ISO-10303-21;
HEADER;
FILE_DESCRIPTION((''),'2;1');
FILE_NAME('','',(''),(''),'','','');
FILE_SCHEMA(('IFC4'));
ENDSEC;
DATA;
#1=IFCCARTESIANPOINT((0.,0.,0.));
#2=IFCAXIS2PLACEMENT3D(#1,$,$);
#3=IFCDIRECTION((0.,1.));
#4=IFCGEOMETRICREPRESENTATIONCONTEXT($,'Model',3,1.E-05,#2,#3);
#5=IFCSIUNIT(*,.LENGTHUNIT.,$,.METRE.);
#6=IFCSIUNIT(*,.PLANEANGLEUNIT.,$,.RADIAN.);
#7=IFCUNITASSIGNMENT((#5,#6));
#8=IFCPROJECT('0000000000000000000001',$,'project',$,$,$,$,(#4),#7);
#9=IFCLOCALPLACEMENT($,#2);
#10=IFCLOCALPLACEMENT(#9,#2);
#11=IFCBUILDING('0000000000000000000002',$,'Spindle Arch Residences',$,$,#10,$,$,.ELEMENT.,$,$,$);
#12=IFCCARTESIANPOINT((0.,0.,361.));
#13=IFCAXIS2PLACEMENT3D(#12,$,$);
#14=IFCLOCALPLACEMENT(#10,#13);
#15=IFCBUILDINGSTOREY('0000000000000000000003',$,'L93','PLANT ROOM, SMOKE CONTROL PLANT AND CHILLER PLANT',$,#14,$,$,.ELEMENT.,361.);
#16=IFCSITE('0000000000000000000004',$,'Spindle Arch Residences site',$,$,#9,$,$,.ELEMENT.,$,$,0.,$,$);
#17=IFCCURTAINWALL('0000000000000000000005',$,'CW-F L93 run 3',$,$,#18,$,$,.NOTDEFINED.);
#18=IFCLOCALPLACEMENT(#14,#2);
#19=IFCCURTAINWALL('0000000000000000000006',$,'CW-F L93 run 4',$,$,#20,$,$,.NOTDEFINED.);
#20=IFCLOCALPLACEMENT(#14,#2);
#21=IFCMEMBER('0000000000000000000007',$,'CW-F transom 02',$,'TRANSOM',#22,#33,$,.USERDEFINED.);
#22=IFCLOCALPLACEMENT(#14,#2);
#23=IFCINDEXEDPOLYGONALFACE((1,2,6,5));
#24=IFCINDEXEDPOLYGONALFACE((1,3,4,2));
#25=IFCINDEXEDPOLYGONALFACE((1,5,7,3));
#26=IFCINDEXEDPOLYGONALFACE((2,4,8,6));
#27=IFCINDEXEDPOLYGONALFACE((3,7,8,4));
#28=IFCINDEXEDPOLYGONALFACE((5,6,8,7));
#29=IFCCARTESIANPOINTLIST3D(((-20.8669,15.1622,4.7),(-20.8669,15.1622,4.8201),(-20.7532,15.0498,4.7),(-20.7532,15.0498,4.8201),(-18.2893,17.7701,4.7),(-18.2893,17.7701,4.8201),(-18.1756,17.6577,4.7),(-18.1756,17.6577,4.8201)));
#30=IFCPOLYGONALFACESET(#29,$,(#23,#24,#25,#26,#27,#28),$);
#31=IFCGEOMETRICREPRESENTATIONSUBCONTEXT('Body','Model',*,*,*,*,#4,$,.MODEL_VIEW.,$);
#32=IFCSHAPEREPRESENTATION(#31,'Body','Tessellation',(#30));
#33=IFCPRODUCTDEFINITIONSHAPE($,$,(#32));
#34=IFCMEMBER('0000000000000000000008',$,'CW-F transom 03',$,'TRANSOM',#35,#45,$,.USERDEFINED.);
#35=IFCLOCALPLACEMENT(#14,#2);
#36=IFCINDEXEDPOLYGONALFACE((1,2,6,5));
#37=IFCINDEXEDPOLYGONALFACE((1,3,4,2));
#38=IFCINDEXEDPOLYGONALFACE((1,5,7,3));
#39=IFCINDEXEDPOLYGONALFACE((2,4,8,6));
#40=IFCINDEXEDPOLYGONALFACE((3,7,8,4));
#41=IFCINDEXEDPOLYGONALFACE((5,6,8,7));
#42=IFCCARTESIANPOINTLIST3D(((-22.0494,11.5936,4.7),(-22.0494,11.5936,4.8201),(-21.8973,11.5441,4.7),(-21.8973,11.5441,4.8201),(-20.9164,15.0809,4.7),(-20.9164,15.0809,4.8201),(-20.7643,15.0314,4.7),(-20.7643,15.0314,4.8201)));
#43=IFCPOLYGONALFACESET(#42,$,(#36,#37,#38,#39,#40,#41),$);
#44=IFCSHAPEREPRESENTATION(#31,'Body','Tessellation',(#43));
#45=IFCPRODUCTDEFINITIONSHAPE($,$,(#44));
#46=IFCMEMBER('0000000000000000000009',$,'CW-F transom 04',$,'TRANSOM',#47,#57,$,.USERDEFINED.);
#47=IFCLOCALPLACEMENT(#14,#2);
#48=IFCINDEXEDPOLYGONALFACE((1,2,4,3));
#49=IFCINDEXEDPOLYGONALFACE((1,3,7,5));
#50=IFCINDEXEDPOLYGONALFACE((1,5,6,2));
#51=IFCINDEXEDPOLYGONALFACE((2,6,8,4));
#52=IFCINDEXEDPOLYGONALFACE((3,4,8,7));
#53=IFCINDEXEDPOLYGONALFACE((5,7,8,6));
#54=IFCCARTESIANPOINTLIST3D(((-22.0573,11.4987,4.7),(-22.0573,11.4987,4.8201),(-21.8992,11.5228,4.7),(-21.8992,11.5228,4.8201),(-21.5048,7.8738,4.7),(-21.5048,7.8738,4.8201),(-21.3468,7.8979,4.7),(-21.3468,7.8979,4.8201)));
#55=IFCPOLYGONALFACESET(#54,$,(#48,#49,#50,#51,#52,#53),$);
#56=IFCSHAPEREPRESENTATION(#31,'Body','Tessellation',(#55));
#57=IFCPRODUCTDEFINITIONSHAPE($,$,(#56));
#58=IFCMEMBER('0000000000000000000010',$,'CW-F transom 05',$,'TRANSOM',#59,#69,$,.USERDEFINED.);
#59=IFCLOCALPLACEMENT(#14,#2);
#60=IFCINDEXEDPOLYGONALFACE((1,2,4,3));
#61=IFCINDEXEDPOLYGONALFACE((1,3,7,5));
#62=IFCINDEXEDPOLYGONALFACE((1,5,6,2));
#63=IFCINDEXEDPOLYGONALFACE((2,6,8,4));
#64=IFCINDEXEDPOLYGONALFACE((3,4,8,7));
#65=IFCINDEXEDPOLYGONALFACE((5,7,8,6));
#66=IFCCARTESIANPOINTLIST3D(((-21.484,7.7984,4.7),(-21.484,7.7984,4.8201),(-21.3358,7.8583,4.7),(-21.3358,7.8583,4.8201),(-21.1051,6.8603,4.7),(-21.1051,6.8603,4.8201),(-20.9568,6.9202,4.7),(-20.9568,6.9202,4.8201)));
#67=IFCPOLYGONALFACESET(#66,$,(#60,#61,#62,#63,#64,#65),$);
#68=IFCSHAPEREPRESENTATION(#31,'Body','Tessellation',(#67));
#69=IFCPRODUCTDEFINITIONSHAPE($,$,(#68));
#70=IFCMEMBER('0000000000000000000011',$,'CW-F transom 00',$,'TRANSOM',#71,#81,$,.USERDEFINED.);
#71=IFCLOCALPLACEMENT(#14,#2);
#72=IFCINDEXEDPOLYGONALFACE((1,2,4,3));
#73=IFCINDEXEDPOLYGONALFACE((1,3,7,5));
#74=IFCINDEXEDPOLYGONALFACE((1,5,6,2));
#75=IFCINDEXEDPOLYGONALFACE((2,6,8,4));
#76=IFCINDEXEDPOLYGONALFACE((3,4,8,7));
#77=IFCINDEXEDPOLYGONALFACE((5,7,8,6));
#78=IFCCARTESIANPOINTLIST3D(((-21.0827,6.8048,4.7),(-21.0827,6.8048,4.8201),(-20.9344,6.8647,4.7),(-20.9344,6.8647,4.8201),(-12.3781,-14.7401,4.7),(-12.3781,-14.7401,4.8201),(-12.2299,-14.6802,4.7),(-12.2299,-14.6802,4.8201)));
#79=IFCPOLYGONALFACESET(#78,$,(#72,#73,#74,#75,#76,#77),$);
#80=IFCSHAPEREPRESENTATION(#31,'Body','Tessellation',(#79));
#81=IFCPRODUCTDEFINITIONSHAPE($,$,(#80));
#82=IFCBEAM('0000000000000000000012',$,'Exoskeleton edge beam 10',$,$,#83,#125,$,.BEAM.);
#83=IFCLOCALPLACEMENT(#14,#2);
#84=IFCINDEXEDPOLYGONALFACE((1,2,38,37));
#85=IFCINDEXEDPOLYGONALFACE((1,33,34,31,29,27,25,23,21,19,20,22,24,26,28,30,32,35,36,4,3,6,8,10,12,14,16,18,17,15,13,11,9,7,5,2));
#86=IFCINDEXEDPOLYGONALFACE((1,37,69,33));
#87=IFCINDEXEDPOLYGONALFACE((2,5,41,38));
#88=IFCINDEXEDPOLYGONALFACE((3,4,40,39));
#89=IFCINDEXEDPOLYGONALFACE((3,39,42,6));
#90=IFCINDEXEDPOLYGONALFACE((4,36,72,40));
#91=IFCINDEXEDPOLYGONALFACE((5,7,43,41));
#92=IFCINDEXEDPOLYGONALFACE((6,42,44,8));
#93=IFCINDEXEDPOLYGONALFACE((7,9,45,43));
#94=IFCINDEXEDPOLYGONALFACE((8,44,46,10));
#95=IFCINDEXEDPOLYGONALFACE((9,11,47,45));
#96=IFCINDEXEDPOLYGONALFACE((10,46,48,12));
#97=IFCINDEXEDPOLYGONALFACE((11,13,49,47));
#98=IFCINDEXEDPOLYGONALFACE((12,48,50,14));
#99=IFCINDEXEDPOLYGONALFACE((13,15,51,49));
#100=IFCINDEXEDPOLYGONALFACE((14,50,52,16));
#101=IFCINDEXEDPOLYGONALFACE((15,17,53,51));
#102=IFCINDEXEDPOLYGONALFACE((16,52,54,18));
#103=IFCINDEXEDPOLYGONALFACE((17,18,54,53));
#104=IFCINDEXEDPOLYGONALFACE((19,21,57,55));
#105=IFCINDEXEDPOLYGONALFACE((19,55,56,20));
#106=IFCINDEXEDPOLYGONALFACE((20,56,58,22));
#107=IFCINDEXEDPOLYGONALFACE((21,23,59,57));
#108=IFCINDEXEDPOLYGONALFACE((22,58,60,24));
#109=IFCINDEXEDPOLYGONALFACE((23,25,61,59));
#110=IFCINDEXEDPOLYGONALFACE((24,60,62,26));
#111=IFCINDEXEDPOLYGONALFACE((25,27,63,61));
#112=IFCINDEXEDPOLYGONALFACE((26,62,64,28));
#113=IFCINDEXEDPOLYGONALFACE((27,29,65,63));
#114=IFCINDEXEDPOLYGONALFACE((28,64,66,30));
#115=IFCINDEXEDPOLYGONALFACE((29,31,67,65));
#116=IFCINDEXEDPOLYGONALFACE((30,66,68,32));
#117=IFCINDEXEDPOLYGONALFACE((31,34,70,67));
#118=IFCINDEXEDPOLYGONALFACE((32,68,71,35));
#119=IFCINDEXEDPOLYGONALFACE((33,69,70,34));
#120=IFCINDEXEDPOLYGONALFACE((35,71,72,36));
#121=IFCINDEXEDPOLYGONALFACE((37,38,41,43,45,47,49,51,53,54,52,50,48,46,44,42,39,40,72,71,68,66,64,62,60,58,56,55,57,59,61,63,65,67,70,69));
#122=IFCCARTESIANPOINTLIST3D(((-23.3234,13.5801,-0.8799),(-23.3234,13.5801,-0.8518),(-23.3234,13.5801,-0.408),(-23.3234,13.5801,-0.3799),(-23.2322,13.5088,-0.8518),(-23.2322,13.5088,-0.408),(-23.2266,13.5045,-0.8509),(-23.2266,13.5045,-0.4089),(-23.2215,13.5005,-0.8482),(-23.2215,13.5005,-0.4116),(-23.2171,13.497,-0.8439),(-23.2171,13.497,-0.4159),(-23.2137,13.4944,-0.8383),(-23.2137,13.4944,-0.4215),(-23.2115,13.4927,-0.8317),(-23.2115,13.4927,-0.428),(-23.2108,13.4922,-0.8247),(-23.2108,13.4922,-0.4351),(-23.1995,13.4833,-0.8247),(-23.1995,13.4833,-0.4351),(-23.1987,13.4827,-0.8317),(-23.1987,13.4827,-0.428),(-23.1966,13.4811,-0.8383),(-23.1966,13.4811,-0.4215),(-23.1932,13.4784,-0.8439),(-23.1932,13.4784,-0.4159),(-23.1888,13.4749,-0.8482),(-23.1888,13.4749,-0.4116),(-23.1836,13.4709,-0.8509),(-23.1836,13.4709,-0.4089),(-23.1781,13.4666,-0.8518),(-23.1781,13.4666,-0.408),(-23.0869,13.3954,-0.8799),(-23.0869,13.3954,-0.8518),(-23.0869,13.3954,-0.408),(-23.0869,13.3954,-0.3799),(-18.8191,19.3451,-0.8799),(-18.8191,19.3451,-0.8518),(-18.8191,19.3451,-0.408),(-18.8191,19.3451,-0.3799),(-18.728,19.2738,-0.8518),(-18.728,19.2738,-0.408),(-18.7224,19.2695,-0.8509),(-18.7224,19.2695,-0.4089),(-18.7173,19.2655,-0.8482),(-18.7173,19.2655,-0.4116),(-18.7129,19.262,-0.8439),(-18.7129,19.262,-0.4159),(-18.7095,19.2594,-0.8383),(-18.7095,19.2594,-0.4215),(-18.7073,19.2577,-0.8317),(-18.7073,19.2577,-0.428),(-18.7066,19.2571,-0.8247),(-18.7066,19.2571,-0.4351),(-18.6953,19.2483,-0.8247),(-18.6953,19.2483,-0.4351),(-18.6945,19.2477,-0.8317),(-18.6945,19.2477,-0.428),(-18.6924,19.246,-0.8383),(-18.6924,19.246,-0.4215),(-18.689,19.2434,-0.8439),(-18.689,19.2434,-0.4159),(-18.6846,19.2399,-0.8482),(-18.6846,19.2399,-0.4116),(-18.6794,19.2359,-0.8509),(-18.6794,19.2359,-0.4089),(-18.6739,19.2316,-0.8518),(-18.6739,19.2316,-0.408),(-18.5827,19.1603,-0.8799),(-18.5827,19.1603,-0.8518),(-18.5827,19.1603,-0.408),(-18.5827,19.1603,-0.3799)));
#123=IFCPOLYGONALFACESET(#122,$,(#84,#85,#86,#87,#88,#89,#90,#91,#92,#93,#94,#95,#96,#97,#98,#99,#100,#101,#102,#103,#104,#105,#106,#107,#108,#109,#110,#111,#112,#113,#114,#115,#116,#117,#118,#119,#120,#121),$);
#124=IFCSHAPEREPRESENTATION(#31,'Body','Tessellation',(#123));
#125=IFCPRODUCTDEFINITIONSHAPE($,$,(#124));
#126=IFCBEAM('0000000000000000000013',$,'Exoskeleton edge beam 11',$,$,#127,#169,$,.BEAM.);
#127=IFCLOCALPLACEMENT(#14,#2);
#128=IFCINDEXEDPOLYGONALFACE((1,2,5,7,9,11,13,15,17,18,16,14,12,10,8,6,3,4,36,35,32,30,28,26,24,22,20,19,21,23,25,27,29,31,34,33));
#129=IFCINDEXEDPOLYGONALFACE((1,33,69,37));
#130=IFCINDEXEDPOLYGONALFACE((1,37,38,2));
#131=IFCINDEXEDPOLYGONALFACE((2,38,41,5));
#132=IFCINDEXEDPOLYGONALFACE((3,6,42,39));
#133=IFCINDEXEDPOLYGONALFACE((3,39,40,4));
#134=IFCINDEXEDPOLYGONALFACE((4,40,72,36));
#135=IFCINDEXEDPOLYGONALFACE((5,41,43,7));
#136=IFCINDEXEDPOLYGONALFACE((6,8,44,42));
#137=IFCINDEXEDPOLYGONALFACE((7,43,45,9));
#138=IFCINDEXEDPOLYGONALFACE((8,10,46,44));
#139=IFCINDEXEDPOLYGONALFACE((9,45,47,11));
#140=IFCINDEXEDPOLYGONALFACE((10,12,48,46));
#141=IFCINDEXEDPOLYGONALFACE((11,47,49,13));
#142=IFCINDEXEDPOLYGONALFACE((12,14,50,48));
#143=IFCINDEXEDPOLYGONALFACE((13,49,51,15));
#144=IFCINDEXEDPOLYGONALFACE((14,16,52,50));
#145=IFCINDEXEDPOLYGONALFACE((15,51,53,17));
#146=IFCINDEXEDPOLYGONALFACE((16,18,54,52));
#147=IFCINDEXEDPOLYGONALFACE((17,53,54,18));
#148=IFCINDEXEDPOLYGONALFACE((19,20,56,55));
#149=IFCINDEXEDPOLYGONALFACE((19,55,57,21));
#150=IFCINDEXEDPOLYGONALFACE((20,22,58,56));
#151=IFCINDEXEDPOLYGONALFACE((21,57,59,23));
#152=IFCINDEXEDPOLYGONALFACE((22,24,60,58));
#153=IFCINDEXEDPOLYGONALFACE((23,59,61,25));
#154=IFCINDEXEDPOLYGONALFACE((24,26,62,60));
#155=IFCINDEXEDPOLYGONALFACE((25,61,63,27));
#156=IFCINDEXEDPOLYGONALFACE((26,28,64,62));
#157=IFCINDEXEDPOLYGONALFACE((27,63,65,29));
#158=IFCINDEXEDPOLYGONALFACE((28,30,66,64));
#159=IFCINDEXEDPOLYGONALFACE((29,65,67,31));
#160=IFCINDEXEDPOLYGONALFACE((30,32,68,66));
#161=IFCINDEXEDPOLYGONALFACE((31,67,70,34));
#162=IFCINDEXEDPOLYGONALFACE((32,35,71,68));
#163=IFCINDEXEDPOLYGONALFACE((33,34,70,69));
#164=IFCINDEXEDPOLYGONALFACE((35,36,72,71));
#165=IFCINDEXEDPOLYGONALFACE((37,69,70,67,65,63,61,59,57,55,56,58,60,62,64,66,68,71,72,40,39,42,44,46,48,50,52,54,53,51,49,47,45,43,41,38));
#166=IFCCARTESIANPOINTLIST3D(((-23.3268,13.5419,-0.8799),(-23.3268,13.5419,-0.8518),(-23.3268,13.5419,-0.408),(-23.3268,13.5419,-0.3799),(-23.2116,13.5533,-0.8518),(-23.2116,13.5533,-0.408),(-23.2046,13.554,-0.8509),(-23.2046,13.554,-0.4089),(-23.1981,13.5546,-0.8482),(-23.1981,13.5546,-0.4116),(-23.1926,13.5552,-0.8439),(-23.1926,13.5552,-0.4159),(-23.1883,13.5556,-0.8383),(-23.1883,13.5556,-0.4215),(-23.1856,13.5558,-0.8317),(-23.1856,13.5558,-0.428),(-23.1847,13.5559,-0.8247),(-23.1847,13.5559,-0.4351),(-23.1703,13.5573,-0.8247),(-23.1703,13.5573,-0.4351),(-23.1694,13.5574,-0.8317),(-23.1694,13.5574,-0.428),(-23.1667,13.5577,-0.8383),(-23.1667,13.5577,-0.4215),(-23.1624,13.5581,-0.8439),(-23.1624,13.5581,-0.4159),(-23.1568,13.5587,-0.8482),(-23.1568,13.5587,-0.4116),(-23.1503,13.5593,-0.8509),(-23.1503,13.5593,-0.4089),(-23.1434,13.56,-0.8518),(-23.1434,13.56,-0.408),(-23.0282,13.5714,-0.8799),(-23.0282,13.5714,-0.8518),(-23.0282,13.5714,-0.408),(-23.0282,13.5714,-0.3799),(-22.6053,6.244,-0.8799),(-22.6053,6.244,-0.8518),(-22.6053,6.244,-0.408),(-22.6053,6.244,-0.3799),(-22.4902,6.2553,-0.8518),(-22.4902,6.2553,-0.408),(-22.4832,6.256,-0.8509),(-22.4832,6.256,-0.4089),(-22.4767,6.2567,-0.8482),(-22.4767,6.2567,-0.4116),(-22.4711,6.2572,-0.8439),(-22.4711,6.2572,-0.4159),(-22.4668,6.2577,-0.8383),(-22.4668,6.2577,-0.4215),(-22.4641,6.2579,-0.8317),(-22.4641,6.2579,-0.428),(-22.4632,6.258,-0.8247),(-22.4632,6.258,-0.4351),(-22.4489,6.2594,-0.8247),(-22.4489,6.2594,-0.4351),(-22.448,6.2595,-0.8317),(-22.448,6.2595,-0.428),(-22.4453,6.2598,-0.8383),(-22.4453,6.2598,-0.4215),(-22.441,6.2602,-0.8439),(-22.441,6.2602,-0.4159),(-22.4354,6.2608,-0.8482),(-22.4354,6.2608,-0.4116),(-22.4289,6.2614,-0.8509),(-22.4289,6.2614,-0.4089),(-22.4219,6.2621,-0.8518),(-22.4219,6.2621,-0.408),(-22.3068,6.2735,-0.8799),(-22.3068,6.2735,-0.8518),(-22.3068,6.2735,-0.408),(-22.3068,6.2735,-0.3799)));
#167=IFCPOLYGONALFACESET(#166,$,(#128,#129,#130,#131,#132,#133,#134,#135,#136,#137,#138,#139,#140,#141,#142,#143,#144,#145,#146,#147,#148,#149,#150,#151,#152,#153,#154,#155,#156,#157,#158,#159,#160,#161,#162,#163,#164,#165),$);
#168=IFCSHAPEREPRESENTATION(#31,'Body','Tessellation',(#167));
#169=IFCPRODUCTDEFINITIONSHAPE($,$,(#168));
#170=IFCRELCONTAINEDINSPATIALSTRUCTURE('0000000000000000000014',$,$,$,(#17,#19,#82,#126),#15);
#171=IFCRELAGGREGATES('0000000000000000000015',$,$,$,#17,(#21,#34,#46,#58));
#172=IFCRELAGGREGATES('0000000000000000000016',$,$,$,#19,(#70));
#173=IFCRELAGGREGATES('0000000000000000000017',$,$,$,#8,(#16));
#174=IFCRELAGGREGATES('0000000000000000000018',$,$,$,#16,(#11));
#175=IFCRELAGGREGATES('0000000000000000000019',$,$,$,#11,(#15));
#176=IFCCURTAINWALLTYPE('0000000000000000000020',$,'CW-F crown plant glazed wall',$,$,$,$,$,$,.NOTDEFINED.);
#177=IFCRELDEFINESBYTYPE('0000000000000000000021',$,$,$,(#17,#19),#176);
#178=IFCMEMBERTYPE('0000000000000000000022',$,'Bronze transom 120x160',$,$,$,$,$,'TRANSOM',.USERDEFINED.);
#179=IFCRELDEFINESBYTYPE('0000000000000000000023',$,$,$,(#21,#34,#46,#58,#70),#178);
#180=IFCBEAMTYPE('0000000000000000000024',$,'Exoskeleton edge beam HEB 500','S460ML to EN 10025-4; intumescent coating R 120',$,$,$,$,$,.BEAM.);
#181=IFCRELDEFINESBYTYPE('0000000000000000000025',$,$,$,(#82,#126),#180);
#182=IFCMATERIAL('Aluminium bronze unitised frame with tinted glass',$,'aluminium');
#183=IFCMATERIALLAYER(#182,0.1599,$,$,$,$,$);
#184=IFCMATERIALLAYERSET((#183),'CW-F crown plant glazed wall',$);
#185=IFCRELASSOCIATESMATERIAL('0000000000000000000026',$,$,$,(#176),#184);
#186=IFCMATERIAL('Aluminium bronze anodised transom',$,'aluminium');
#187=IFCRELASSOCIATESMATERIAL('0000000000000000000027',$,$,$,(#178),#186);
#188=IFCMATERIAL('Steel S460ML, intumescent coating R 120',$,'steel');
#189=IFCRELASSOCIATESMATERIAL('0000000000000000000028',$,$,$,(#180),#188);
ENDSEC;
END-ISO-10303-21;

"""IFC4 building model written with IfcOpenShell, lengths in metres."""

from ifc_helpers import new_model, si_unit, direction, frame, origin, origin_2d, place, context, subcontext, project, spatial, rectangle, i_section, extrude, material, layer, layer_set, material_profile, profile_set, type_object, element, aggregate, save


model = new_model("IFC4")

# Units and contexts
model_context = context("Model", 3, precision=1e-05, world=origin(), true_north=direction((0.0, 1.0)))
body_context = subcontext(model_context, "Body", "Model", "MODEL_VIEW")
ifc_project = project(units=[si_unit("LENGTHUNIT", "METRE"), si_unit("PLANEANGLEUNIT", "RADIAN")], contexts=[model_context])

# Site, building, storey
site_placement = place(None, origin())
site = spatial("IfcSite", under=ifc_project, at=site_placement, Name="Spindle Arch Residences site", CompositionType="ELEMENT", RefElevation=0.0)
building_placement = place(site_placement, origin())
building = spatial("IfcBuilding", under=site, at=building_placement, Name="Spindle Arch Residences", CompositionType="ELEMENT")
storey_placement = place(building_placement, frame((0.0, 0.0, 361.0)))
storey = spatial("IfcBuildingStorey", under=building, at=storey_placement, Name="L93", Description="PLANT ROOM, SMOKE CONTROL PLANT AND CHILLER PLANT", CompositionType="ELEMENT", Elevation=361.0)

# Curtain wall
ifc_material_1 = material(Name="Aluminium bronze unitised frame with tinted glass", Category="aluminium")
ifc_layer_1 = layer(ifc_material_1, 0.1599)
ifc_layer_set_1 = layer_set([ifc_layer_1], Name="CW-F crown plant glazed wall")
curtain_wall_type = type_object("IfcCurtainWallType", Name="CW-F crown plant glazed wall", PredefinedType="NOTDEFINED", material=ifc_layer_set_1)
curtain_wall_1_placement = place(storey_placement, origin())
curtain_wall_1 = element("IfcCurtainWall", 1, at=curtain_wall_1_placement, inside=storey, type_object=curtain_wall_type, Name="CW-F L93 run 3", PredefinedType="NOTDEFINED")

# Curtain wall
curtain_wall_2_placement = place(storey_placement, origin())
curtain_wall_2 = element("IfcCurtainWall", 2, at=curtain_wall_2_placement, inside=storey, type_object=curtain_wall_type, Name="CW-F L93 run 4", PredefinedType="NOTDEFINED")

# Members
ifc_material_2 = material(Name="Aluminium bronze anodised transom", Category="aluminium")
ifc_material_profile_1 = material_profile(ifc_material_2, rectangle(XDim=0.1599, YDim=0.1201, at=origin_2d()), Name="TR 120x160")
ifc_profile_set_1 = profile_set([ifc_material_profile_1], Name="Aluminium bronze anodised transom")
member_type_1 = type_object("IfcMemberType", Name="Bronze transom 120x160", ElementType="TRANSOM", PredefinedType="USERDEFINED", material=ifc_profile_set_1)
member_1_placement = place(storey_placement, frame((-18.2324, 17.7139, 4.76), z_axis=(-0.702967, -0.711223, 0.0), x_axis=(0.711223, -0.702967, 0.0)))
member_1 = element("IfcMember", 3, at=member_1_placement, type_object=member_type_1, Name="CW-F transom 02", ObjectType="TRANSOM", PredefinedType="USERDEFINED", context=body_context, shape_type="SweptSolid", body=[
    extrude(rectangle(XDim=0.1599, YDim=0.1201, at=origin_2d()), origin(), (0.0, 0.0, 1.0), 3.6667),
])
member_2_placement = place(storey_placement, frame((-20.8403, 15.0562, 4.76), z_axis=(-0.309008, -0.95106, 0.0), x_axis=(0.95106, -0.309008, 0.0)))
member_2 = element("IfcMember", 4, at=member_2_placement, type_object=member_type_1, Name="CW-F transom 03", ObjectType="TRANSOM", PredefinedType="USERDEFINED", context=body_context, shape_type="SweptSolid", body=[
    extrude(rectangle(XDim=0.1599, YDim=0.1201, at=origin_2d()), origin(), (0.0, 0.0, 1.0), 3.6667),
])
member_3_placement = place(storey_placement, frame((-21.9783, 11.5107, 4.76), z_axis=(0.150671, -0.988584, 0.0), x_axis=(0.988584, 0.150671, 0.0)))
member_3 = element("IfcMember", 5, at=member_3_placement, type_object=member_type_1, Name="CW-F transom 04", ObjectType="TRANSOM", PredefinedType="USERDEFINED", context=body_context, shape_type="SweptSolid", body=[
    extrude(rectangle(XDim=0.1599, YDim=0.1201, at=origin_2d()), origin(), (0.0, 0.0, 1.0), 3.6667),
])
member_4_placement = place(storey_placement, frame((-21.4099, 7.8284, 4.76), z_axis=(0.374551, -0.927206, 0.0), x_axis=(0.927206, 0.374551, 0.0)))
member_4 = element("IfcMember", 6, at=member_4_placement, type_object=member_type_1, Name="CW-F transom 05", ObjectType="TRANSOM", PredefinedType="USERDEFINED", context=body_context, shape_type="SweptSolid", body=[
    extrude(rectangle(XDim=0.1599, YDim=0.1201, at=origin_2d()), origin(), (0.0, 0.0, 1.0), 1.0117),
])
member_5_placement = place(storey_placement, frame((-21.0085, 6.8347, 4.76), z_axis=(0.374602, -0.927186, 0.0), x_axis=(0.927186, 0.374602, 0.0)))
member_5 = element("IfcMember", 7, at=member_5_placement, type_object=member_type_1, Name="CW-F transom 00", ObjectType="TRANSOM", PredefinedType="USERDEFINED", context=body_context, shape_type="SweptSolid", body=[
    extrude(rectangle(XDim=0.1599, YDim=0.1201, at=origin_2d()), origin(), (0.0, 0.0, 1.0), 23.2368),
])

# Beams
ifc_material_3 = material(Name="Steel S460ML, intumescent coating R 120", Category="steel")
ifc_material_profile_2 = material_profile(ifc_material_3, i_section(OverallWidth=0.3, OverallDepth=0.5, WebThickness=0.0144, FlangeThickness=0.0281, FilletRadius=0.0271, at=origin_2d()), Name="HEB 500")
ifc_profile_set_2 = profile_set([ifc_material_profile_2], Name="Steel S460ML, intumescent coating R 120")
beam_type_1 = type_object("IfcBeamType", Name="Exoskeleton edge beam HEB 500", Description="S460ML to EN 10025-4; intumescent coating R 120", PredefinedType="BEAM", material=ifc_profile_set_2)
beam_1_placement = place(storey_placement, frame((-18.7009, 19.2527, -0.6299), z_axis=(-0.615672, -0.788003, 0.0), x_axis=(0.788003, -0.615672, 0.0)))
element("IfcBeam", 8, at=beam_1_placement, inside=storey, type_object=beam_type_1, Name="Exoskeleton edge beam 10", PredefinedType="BEAM", context=body_context, shape_type="SweptSolid", body=[
    extrude(i_section(OverallWidth=0.3, OverallDepth=0.5, WebThickness=0.0144, FlangeThickness=0.0281, FilletRadius=0.0271, at=origin_2d()), origin(), (0.0, 0.0, 1.0), 7.3159),
])
beam_2_placement = place(storey_placement, frame((-23.1775, 13.5566, -0.6299), z_axis=(0.098376, -0.995149, 0.0), x_axis=(0.995149, 0.098376, 0.0)))
element("IfcBeam", 9, at=beam_2_placement, inside=storey, type_object=beam_type_1, Name="Exoskeleton edge beam 11", PredefinedType="BEAM", context=body_context, shape_type="SweptSolid", body=[
    extrude(i_section(OverallWidth=0.3, OverallDepth=0.5, WebThickness=0.0144, FlangeThickness=0.0281, FilletRadius=0.0271, at=origin_2d()), origin(), (0.0, 0.0, 1.0), 7.3335),
])

aggregate(curtain_wall_1, [member_1, member_2, member_3, member_4])
aggregate(curtain_wall_2, [member_5])

save(model, "model.ifc")
